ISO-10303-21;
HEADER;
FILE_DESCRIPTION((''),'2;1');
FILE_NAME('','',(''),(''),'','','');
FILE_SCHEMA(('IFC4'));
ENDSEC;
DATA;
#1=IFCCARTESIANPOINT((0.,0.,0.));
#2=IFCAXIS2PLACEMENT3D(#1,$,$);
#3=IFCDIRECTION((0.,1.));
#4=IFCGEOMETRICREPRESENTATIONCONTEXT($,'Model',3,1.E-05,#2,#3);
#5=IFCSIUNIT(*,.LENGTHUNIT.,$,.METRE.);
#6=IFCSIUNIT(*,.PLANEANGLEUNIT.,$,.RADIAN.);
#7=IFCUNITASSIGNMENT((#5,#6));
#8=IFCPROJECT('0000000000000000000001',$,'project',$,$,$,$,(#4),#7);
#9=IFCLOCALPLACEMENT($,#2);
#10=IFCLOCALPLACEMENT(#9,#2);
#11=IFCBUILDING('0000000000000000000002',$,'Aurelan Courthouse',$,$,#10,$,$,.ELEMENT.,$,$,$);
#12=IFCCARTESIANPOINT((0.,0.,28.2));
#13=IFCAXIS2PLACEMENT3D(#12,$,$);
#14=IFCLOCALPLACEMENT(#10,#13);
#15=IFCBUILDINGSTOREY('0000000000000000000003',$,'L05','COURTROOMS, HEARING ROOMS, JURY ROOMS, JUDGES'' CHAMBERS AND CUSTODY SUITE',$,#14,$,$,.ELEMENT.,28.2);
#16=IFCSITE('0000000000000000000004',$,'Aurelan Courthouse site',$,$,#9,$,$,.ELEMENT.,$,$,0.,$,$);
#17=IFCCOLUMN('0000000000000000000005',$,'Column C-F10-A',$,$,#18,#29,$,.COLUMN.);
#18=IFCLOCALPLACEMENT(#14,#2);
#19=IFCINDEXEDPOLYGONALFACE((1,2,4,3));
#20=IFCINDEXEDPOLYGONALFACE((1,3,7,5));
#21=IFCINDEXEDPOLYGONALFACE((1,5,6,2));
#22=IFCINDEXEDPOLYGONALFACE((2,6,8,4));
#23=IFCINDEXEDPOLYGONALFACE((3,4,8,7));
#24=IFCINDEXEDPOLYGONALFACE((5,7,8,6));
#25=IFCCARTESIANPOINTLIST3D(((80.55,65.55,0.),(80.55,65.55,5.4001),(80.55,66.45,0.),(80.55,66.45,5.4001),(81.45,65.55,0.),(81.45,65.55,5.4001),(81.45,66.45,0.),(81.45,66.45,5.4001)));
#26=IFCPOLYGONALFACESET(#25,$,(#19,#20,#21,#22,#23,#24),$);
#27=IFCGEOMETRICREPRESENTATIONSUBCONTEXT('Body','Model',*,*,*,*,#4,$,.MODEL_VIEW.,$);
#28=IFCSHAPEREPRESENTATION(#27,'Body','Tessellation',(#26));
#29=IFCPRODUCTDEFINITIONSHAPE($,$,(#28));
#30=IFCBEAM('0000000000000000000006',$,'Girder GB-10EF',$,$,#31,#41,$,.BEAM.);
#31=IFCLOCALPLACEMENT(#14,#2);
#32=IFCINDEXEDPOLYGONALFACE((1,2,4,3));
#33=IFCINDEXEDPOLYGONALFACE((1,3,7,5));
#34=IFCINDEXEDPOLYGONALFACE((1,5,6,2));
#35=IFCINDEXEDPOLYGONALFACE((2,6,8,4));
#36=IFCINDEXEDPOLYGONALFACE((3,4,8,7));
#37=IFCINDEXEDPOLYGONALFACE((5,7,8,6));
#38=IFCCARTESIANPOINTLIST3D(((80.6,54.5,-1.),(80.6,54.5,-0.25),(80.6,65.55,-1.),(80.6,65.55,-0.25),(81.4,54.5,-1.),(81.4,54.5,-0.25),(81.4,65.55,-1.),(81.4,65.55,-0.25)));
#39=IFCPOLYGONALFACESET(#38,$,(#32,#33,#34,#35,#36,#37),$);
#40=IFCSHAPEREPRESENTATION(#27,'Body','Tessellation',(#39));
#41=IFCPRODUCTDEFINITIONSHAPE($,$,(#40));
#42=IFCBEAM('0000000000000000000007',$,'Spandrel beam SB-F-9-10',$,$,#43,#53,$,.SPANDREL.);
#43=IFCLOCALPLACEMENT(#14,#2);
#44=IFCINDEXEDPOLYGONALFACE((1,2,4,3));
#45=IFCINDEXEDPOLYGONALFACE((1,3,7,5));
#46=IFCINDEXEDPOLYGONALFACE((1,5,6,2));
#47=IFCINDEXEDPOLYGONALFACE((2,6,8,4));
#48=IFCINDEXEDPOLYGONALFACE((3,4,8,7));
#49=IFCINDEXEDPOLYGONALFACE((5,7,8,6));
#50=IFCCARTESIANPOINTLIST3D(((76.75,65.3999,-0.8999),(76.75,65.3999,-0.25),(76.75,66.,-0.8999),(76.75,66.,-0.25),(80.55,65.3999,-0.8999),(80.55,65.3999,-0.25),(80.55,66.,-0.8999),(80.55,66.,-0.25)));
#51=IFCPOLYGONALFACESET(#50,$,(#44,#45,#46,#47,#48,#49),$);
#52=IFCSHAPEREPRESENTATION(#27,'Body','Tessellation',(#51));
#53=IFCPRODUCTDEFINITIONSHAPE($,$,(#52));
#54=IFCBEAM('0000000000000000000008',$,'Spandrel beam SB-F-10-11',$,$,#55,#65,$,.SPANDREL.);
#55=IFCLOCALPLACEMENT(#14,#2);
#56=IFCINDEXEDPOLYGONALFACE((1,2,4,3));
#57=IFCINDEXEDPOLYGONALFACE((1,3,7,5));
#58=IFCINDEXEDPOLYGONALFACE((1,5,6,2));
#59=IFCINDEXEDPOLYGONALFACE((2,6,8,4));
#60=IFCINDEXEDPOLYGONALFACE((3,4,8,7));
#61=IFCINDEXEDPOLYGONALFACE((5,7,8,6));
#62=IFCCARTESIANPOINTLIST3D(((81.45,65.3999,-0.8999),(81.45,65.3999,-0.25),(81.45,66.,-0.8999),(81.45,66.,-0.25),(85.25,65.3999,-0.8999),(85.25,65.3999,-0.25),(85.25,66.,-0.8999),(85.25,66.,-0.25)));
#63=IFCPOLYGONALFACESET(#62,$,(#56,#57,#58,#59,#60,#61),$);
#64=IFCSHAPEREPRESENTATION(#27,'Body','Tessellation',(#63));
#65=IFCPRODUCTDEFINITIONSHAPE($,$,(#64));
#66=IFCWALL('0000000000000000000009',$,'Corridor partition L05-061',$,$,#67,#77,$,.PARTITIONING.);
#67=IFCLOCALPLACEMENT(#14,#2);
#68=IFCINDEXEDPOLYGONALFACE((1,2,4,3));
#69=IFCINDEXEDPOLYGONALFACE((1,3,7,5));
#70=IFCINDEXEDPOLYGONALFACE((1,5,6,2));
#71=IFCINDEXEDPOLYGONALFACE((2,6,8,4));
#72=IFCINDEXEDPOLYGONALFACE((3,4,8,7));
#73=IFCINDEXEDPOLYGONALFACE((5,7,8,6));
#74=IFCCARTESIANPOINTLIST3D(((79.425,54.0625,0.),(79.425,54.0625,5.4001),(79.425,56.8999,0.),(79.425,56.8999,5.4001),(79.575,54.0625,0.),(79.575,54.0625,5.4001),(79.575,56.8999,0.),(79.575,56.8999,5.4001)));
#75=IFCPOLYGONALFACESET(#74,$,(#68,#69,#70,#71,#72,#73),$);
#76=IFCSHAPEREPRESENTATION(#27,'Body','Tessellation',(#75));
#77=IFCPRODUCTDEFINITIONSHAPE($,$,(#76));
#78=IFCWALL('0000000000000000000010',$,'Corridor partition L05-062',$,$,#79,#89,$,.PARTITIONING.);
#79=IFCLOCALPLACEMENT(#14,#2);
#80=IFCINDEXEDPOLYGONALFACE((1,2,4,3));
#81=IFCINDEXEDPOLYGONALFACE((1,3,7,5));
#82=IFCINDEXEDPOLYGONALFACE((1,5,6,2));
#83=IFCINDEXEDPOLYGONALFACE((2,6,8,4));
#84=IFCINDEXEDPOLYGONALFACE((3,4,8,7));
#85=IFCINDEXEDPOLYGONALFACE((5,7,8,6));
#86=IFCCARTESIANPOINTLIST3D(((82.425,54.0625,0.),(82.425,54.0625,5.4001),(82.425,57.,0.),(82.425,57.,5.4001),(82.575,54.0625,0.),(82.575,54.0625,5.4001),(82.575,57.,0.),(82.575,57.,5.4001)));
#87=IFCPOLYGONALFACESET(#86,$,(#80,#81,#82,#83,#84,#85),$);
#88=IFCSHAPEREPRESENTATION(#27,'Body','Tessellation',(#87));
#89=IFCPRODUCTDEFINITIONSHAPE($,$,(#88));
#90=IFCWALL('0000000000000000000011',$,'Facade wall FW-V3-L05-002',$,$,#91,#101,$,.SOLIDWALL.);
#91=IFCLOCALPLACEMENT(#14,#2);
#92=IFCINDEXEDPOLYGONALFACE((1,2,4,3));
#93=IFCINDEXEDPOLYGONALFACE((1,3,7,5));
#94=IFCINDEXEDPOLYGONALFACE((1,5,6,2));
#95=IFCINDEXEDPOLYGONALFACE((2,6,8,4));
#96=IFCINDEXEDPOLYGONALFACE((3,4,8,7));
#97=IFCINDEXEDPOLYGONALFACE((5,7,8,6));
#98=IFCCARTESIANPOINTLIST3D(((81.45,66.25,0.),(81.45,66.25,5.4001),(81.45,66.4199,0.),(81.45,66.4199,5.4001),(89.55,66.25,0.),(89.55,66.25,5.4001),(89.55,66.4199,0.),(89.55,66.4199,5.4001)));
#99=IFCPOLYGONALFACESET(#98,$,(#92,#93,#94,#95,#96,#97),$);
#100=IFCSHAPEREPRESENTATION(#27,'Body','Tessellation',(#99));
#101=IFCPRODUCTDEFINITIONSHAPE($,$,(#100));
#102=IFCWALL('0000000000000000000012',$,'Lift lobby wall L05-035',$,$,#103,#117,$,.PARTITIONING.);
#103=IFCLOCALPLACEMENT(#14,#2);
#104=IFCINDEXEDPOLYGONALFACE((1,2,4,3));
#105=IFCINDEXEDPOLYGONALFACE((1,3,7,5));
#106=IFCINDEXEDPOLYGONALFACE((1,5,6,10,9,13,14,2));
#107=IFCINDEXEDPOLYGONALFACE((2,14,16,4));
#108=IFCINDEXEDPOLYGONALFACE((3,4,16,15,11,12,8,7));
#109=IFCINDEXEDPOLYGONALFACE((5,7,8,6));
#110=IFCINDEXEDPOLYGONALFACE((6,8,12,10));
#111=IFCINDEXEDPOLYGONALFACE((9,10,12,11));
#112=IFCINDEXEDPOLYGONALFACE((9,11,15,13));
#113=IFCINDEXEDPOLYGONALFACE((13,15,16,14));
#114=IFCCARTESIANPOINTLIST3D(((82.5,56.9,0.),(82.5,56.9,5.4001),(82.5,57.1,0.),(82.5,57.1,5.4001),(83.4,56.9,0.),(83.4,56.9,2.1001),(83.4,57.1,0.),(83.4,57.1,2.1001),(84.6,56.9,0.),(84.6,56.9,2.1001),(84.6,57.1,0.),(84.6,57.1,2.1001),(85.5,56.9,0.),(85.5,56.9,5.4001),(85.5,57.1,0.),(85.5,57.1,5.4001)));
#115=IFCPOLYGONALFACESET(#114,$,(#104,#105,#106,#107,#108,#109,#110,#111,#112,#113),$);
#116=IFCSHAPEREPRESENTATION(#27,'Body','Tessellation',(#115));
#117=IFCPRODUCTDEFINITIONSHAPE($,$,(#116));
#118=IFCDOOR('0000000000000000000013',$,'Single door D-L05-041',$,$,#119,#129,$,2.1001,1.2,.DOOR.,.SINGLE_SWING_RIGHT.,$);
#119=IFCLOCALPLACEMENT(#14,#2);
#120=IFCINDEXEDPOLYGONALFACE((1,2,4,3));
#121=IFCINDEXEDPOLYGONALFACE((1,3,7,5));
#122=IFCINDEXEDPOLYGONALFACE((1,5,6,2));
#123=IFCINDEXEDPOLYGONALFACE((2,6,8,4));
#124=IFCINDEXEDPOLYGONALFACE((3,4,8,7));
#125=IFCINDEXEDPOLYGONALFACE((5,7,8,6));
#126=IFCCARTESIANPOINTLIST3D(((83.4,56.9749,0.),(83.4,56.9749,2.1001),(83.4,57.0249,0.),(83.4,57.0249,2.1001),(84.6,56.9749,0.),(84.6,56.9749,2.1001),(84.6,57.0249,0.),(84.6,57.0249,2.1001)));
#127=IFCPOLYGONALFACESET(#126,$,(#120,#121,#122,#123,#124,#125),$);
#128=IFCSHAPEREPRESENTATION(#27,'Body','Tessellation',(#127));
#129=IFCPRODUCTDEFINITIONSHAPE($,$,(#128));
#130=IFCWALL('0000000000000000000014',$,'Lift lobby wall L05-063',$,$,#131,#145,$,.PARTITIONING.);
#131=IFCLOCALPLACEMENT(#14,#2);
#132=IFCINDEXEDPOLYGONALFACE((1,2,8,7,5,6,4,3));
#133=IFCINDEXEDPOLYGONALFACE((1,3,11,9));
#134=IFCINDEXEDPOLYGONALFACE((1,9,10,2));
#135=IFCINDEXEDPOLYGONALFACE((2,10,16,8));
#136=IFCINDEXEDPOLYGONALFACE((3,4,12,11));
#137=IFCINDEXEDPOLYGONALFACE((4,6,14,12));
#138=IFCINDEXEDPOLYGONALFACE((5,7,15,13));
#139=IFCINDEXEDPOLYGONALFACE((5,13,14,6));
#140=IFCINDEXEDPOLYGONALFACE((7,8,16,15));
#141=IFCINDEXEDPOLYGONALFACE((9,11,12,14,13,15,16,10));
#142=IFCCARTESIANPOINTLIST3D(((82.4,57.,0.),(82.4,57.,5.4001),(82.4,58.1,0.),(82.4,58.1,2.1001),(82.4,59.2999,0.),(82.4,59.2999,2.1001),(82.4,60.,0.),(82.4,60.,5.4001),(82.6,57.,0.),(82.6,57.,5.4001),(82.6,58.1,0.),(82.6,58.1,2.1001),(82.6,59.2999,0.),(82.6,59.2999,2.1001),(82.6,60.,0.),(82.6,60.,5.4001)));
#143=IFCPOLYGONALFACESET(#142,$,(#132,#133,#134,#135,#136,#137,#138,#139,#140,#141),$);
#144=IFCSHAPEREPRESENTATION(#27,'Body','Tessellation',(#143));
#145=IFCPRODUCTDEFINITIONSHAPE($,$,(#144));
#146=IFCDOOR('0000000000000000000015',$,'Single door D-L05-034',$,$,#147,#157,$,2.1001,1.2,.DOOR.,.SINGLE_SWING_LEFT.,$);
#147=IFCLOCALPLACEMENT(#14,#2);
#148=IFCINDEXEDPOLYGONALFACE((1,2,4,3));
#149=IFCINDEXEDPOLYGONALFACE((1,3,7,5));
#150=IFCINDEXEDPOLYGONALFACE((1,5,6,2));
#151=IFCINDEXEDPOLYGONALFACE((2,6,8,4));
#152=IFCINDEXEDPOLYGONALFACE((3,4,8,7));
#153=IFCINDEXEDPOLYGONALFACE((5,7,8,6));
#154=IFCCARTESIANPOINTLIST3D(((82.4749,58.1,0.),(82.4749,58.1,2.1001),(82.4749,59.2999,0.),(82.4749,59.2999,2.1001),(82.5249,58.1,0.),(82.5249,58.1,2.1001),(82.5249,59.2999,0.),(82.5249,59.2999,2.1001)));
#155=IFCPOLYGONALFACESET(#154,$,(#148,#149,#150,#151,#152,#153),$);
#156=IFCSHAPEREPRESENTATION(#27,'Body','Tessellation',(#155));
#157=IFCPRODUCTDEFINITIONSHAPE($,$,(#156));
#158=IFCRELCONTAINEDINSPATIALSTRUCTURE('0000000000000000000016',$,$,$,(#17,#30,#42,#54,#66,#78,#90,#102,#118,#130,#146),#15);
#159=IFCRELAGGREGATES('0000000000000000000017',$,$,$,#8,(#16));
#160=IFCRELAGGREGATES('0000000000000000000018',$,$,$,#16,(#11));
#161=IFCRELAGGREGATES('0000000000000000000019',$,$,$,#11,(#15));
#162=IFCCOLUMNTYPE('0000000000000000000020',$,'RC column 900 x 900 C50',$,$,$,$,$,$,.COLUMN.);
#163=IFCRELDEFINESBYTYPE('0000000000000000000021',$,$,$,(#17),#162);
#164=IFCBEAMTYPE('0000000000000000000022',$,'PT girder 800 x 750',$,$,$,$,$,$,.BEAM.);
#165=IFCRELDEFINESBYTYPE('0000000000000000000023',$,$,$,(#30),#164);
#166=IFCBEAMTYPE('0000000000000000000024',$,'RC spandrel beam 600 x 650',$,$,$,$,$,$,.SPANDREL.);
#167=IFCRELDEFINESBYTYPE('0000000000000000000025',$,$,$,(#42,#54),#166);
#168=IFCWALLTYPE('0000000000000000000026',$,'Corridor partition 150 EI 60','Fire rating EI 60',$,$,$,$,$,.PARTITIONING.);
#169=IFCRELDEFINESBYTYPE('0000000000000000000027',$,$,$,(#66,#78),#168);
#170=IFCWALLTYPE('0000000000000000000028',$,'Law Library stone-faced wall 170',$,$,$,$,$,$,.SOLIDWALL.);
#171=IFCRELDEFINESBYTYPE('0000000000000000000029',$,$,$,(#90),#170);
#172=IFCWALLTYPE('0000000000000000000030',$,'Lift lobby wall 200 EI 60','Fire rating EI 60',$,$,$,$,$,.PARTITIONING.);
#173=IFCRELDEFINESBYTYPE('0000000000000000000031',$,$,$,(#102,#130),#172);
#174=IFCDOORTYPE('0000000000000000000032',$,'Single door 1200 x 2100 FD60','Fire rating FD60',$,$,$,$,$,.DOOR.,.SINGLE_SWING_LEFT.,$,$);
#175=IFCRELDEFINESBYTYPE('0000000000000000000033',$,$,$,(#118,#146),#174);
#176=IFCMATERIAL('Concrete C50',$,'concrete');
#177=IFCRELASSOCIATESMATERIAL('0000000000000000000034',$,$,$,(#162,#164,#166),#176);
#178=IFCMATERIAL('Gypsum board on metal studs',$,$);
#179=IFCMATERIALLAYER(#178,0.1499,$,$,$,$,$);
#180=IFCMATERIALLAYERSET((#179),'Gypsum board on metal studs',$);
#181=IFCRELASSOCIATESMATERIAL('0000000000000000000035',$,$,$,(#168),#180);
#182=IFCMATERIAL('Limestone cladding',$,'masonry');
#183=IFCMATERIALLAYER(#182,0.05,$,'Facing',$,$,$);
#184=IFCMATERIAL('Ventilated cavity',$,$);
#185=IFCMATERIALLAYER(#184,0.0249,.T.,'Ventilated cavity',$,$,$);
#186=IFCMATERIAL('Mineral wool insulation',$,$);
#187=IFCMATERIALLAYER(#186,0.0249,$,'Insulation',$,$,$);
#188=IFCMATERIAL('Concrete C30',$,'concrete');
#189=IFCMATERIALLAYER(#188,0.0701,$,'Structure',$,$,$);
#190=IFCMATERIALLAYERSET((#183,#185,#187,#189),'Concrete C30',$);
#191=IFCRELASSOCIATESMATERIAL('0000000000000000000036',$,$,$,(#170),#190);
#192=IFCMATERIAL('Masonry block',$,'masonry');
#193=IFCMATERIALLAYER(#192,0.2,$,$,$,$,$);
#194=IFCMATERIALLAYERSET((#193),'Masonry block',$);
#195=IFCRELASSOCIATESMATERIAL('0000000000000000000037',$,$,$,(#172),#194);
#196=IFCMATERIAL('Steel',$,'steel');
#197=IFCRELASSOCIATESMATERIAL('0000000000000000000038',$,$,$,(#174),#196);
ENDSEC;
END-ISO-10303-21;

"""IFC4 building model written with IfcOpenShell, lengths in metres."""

from ifc_helpers import new_model, si_unit, direction, frame, frame_2d, origin, origin_2d, place, context, subcontext, project, spatial, rectangle, extrude, material, layer, layer_set, material_profile, profile_set, type_object, element, fill, save


model = new_model("IFC4")

# Units and contexts
model_context = context("Model", 3, precision=1e-05, world=origin(), true_north=direction((0.0, 1.0)))
body_context = subcontext(model_context, "Body", "Model", "MODEL_VIEW")
ifc_project = project(units=[si_unit("LENGTHUNIT", "METRE"), si_unit("PLANEANGLEUNIT", "RADIAN")], contexts=[model_context])

# Site, building, storey
site_placement = place(None, origin())
site = spatial("IfcSite", under=ifc_project, at=site_placement, Name="Aurelan Courthouse site", CompositionType="ELEMENT", RefElevation=0.0)
building_placement = place(site_placement, origin())
building = spatial("IfcBuilding", under=site, at=building_placement, Name="Aurelan Courthouse", CompositionType="ELEMENT")
storey_placement = place(building_placement, frame((0.0, 0.0, 28.2)))
storey = spatial("IfcBuildingStorey", under=building, at=storey_placement, Name="L05", Description="COURTROOMS, HEARING ROOMS, JURY ROOMS, JUDGES' CHAMBERS AND CUSTODY SUITE", CompositionType="ELEMENT", Elevation=28.2)

# Column
ifc_material_1 = material(Name="Concrete C50", Category="concrete")
ifc_material_profile_1 = material_profile(ifc_material_1, rectangle(XDim=0.8999, YDim=0.8999, at=origin_2d()), Name="RC 900 x 900")
ifc_profile_set_1 = profile_set([ifc_material_profile_1], Name="Concrete C50")
column_type = type_object("IfcColumnType", Name="RC column 900 x 900 C50", PredefinedType="COLUMN", material=ifc_profile_set_1)
column_placement = place(storey_placement, frame((81.0, 66.0, 0.0), z_axis=(0.0, 0.0, 1.0), x_axis=(1.0, 0.0, 0.0)))
element("IfcColumn", 1, at=column_placement, inside=storey, type_object=column_type, Name="Column C-F10-A", PredefinedType="COLUMN", context=body_context, shape_type="SweptSolid", body=[
    extrude(rectangle(XDim=0.8999, YDim=0.8999, at=origin_2d()), origin(), (0.0, 0.0, 1.0), 5.4001),
])

# Beams
ifc_material_profile_2 = material_profile(ifc_material_1, rectangle(XDim=0.8, YDim=0.75, at=origin_2d()), Name="RC 800 x 750")
ifc_profile_set_2 = profile_set([ifc_material_profile_2], Name="Concrete C50")
beam_type_1 = type_object("IfcBeamType", Name="PT girder 800 x 750", PredefinedType="BEAM", material=ifc_profile_set_2)
beam_placement = place(storey_placement, frame((81.0, 54.5, -0.625), z_axis=(0.0, 1.0, 0.0), x_axis=(-1.0, 0.0, 0.0)))
element("IfcBeam", 2, at=beam_placement, inside=storey, type_object=beam_type_1, Name="Girder GB-10EF", PredefinedType="BEAM", context=body_context, shape_type="SweptSolid", body=[
    extrude(rectangle(XDim=0.8, YDim=0.75, at=origin_2d()), origin(), (0.0, 0.0, 1.0), 11.05),
])
ifc_material_profile_3 = material_profile(ifc_material_1, rectangle(XDim=0.6001, YDim=0.6499, at=origin_2d()), Name="RC 600 x 650")
ifc_profile_set_3 = profile_set([ifc_material_profile_3], Name="Concrete C50")
beam_type_2 = type_object("IfcBeamType", Name="RC spandrel beam 600 x 650", PredefinedType="SPANDREL", material=ifc_profile_set_3)
for number, where, z_axis, x_axis, name in (
    (3, (76.75, 65.7, -0.575), (1.0, 0.0, 0.0), (0.0, 1.0, 0.0), "Spandrel beam SB-F-9-10"),
    (4, (81.45, 65.7, -0.575), (1.0, 0.0, 0.0), (0.0, 1.0, 0.0), "Spandrel beam SB-F-10-11"),
):
    element("IfcBeam", number, at=place(storey_placement, frame(where, z_axis=z_axis, x_axis=x_axis)), inside=storey, type_object=beam_type_2, Name=name, PredefinedType="SPANDREL", context=body_context, shape_type="SweptSolid", body=[
        extrude(rectangle(XDim=0.6001, YDim=0.6499, at=origin_2d()), origin(), (0.0, 0.0, 1.0), 3.8),
    ])

# Shared definitions
ifc_material_2 = material(Name="Gypsum board on metal studs")
ifc_layer_1 = layer(ifc_material_2, 0.1499)
ifc_layer_set_1 = layer_set([ifc_layer_1], Name="Gypsum board on metal studs")
wall_type_1 = type_object("IfcWallType", Name="Corridor partition 150 EI 60", Description="Fire rating EI 60", PredefinedType="PARTITIONING", material=ifc_layer_set_1)
ifc_material_3 = material(Name="Steel", Category="steel")

# Walls
wall_1_placement = place(storey_placement, frame((79.5, 54.0625, 0.0), z_axis=(0.0, 0.0, 1.0), x_axis=(0.0, 1.0, 0.0)))
element("IfcWall", 5, at=wall_1_placement, inside=storey, type_object=wall_type_1, Name="Corridor partition L05-061", PredefinedType="PARTITIONING", context=body_context, shape_type="SweptSolid", body=[
    extrude(rectangle(XDim=2.8374, YDim=0.1499, at=frame_2d((1.4187, 0.0))), origin(), (0.0, 0.0, 1.0), 5.4001),
])
wall_2_placement = place(storey_placement, frame((82.5, 54.0625, 0.0), z_axis=(0.0, 0.0, 1.0), x_axis=(0.0, 1.0, 0.0)))
element("IfcWall", 6, at=wall_2_placement, inside=storey, type_object=wall_type_1, Name="Corridor partition L05-062", PredefinedType="PARTITIONING", context=body_context, shape_type="SweptSolid", body=[
    extrude(rectangle(XDim=2.9375, YDim=0.1499, at=frame_2d((1.4688, 0.0))), origin(), (0.0, 0.0, 1.0), 5.4001),
])
ifc_material_4 = material(Name="Limestone cladding", Category="masonry")
ifc_layer_2 = layer(ifc_material_4, 0.05, Name="Facing")
ifc_material_5 = material(Name="Ventilated cavity")
ifc_layer_3 = layer(ifc_material_5, 0.0249, ventilated=True, Name="Ventilated cavity")
ifc_material_6 = material(Name="Mineral wool insulation")
ifc_layer_4 = layer(ifc_material_6, 0.0249, Name="Insulation")
ifc_material_7 = material(Name="Concrete C30", Category="concrete")
ifc_layer_5 = layer(ifc_material_7, 0.0701, Name="Structure")
ifc_layer_set_2 = layer_set([ifc_layer_2, ifc_layer_3, ifc_layer_4, ifc_layer_5], Name="Concrete C30")
wall_type_2 = type_object("IfcWallType", Name="Law Library stone-faced wall 170", PredefinedType="SOLIDWALL", material=ifc_layer_set_2)
wall_3_placement = place(storey_placement, frame((81.45, 66.335, 0.0), z_axis=(0.0, 0.0, 1.0), x_axis=(1.0, 0.0, 0.0)))
element("IfcWall", 7, at=wall_3_placement, inside=storey, type_object=wall_type_2, Name="Facade wall FW-V3-L05-002", PredefinedType="SOLIDWALL", context=body_context, shape_type="SweptSolid", body=[
    extrude(rectangle(XDim=8.1001, YDim=0.1699, at=frame_2d((4.05, 0.0))), origin(), (0.0, 0.0, 1.0), 5.4001),
])

# Walls, openings, doors
ifc_material_8 = material(Name="Masonry block", Category="masonry")
ifc_layer_6 = layer(ifc_material_8, 0.2)
ifc_layer_set_3 = layer_set([ifc_layer_6], Name="Masonry block")
wall_type_3 = type_object("IfcWallType", Name="Lift lobby wall 200 EI 60", Description="Fire rating EI 60", PredefinedType="PARTITIONING", material=ifc_layer_set_3)
wall_4_placement = place(storey_placement, frame((82.5, 57.0, 0.0), z_axis=(0.0, 0.0, 1.0), x_axis=(1.0, 0.0, 0.0)))
wall_4 = element("IfcWall", 8, at=wall_4_placement, inside=storey, type_object=wall_type_3, Name="Lift lobby wall L05-035", PredefinedType="PARTITIONING", context=body_context, shape_type="SweptSolid", body=[
    extrude(rectangle(XDim=3.0, YDim=0.2, at=frame_2d((1.5, 0.0))), origin(), (0.0, 0.0, 1.0), 5.4001),
])
opening_1_placement = place(wall_4_placement, frame((0.8999, 0.0, 0.0)))
opening_1 = element("IfcOpeningElement", 9, at=opening_1_placement, cuts=wall_4, PredefinedType="OPENING", context=body_context, shape_type="SweptSolid", body=[
    extrude(rectangle(XDim=1.2, YDim=2.1001, at=frame_2d((0.6001, 1.05))), frame((0.0, 0.1099, 0.0), z_axis=(0.0, -1.0, 0.0), x_axis=(1.0, 0.0, 0.0)), (0.0, 0.0, 1.0), 0.22),
])
door_type_1 = type_object("IfcDoorType", Name="Single door 1200 x 2100 FD60", Description="Fire rating FD60", OperationType="SINGLE_SWING_LEFT", PredefinedType="DOOR", material=ifc_material_3)
door_1_placement = place(opening_1_placement, origin())
door_1 = element("IfcDoor", 10, at=door_1_placement, inside=storey, type_object=door_type_1, Name="Single door D-L05-041", OperationType="SINGLE_SWING_RIGHT", OverallHeight=2.1001, OverallWidth=1.2, PredefinedType="DOOR", context=body_context, shape_type="SweptSolid", body=[
    extrude(rectangle(XDim=1.2, YDim=2.1001, at=frame_2d((0.6001, 1.05))), frame((0.0, 0.0249, 0.0), z_axis=(0.0, -1.0, 0.0), x_axis=(1.0, 0.0, 0.0)), (0.0, 0.0, 1.0), 0.05),
])
fill(opening_1, door_1)
wall_5_placement = place(storey_placement, frame((82.5, 57.0, 0.0), z_axis=(0.0, 0.0, 1.0), x_axis=(0.0, 1.0, 0.0)))
wall_5 = element("IfcWall", 11, at=wall_5_placement, inside=storey, type_object=wall_type_3, Name="Lift lobby wall L05-063", PredefinedType="PARTITIONING", context=body_context, shape_type="SweptSolid", body=[
    extrude(rectangle(XDim=3.0, YDim=0.2, at=frame_2d((1.5, 0.0))), origin(), (0.0, 0.0, 1.0), 5.4001),
])
opening_2_placement = place(wall_5_placement, frame((2.3, 0.0, 0.0), z_axis=(0.0, 0.0, 1.0), x_axis=(-1.0, 0.0, 0.0)))
opening_2 = element("IfcOpeningElement", 12, at=opening_2_placement, cuts=wall_5, PredefinedType="OPENING", context=body_context, shape_type="SweptSolid", body=[
    extrude(rectangle(XDim=1.2, YDim=2.1001, at=frame_2d((0.6001, 1.05))), frame((0.0, 0.1099, 0.0), z_axis=(0.0, -1.0, 0.0), x_axis=(1.0, 0.0, 0.0)), (0.0, 0.0, 1.0), 0.22),
])
door_2_placement = place(opening_2_placement, origin())
door_2 = element("IfcDoor", 13, at=door_2_placement, inside=storey, type_object=door_type_1, Name="Single door D-L05-034", OperationType="SINGLE_SWING_LEFT", OverallHeight=2.1001, OverallWidth=1.2, PredefinedType="DOOR", context=body_context, shape_type="SweptSolid", body=[
    extrude(rectangle(XDim=1.2, YDim=2.1001, at=frame_2d((0.6001, 1.05))), frame((0.0, 0.0249, 0.0), z_axis=(0.0, -1.0, 0.0), x_axis=(1.0, 0.0, 0.0)), (0.0, 0.0, 1.0), 0.05),
])
fill(opening_2, door_2)

save(model, "model.ifc")
